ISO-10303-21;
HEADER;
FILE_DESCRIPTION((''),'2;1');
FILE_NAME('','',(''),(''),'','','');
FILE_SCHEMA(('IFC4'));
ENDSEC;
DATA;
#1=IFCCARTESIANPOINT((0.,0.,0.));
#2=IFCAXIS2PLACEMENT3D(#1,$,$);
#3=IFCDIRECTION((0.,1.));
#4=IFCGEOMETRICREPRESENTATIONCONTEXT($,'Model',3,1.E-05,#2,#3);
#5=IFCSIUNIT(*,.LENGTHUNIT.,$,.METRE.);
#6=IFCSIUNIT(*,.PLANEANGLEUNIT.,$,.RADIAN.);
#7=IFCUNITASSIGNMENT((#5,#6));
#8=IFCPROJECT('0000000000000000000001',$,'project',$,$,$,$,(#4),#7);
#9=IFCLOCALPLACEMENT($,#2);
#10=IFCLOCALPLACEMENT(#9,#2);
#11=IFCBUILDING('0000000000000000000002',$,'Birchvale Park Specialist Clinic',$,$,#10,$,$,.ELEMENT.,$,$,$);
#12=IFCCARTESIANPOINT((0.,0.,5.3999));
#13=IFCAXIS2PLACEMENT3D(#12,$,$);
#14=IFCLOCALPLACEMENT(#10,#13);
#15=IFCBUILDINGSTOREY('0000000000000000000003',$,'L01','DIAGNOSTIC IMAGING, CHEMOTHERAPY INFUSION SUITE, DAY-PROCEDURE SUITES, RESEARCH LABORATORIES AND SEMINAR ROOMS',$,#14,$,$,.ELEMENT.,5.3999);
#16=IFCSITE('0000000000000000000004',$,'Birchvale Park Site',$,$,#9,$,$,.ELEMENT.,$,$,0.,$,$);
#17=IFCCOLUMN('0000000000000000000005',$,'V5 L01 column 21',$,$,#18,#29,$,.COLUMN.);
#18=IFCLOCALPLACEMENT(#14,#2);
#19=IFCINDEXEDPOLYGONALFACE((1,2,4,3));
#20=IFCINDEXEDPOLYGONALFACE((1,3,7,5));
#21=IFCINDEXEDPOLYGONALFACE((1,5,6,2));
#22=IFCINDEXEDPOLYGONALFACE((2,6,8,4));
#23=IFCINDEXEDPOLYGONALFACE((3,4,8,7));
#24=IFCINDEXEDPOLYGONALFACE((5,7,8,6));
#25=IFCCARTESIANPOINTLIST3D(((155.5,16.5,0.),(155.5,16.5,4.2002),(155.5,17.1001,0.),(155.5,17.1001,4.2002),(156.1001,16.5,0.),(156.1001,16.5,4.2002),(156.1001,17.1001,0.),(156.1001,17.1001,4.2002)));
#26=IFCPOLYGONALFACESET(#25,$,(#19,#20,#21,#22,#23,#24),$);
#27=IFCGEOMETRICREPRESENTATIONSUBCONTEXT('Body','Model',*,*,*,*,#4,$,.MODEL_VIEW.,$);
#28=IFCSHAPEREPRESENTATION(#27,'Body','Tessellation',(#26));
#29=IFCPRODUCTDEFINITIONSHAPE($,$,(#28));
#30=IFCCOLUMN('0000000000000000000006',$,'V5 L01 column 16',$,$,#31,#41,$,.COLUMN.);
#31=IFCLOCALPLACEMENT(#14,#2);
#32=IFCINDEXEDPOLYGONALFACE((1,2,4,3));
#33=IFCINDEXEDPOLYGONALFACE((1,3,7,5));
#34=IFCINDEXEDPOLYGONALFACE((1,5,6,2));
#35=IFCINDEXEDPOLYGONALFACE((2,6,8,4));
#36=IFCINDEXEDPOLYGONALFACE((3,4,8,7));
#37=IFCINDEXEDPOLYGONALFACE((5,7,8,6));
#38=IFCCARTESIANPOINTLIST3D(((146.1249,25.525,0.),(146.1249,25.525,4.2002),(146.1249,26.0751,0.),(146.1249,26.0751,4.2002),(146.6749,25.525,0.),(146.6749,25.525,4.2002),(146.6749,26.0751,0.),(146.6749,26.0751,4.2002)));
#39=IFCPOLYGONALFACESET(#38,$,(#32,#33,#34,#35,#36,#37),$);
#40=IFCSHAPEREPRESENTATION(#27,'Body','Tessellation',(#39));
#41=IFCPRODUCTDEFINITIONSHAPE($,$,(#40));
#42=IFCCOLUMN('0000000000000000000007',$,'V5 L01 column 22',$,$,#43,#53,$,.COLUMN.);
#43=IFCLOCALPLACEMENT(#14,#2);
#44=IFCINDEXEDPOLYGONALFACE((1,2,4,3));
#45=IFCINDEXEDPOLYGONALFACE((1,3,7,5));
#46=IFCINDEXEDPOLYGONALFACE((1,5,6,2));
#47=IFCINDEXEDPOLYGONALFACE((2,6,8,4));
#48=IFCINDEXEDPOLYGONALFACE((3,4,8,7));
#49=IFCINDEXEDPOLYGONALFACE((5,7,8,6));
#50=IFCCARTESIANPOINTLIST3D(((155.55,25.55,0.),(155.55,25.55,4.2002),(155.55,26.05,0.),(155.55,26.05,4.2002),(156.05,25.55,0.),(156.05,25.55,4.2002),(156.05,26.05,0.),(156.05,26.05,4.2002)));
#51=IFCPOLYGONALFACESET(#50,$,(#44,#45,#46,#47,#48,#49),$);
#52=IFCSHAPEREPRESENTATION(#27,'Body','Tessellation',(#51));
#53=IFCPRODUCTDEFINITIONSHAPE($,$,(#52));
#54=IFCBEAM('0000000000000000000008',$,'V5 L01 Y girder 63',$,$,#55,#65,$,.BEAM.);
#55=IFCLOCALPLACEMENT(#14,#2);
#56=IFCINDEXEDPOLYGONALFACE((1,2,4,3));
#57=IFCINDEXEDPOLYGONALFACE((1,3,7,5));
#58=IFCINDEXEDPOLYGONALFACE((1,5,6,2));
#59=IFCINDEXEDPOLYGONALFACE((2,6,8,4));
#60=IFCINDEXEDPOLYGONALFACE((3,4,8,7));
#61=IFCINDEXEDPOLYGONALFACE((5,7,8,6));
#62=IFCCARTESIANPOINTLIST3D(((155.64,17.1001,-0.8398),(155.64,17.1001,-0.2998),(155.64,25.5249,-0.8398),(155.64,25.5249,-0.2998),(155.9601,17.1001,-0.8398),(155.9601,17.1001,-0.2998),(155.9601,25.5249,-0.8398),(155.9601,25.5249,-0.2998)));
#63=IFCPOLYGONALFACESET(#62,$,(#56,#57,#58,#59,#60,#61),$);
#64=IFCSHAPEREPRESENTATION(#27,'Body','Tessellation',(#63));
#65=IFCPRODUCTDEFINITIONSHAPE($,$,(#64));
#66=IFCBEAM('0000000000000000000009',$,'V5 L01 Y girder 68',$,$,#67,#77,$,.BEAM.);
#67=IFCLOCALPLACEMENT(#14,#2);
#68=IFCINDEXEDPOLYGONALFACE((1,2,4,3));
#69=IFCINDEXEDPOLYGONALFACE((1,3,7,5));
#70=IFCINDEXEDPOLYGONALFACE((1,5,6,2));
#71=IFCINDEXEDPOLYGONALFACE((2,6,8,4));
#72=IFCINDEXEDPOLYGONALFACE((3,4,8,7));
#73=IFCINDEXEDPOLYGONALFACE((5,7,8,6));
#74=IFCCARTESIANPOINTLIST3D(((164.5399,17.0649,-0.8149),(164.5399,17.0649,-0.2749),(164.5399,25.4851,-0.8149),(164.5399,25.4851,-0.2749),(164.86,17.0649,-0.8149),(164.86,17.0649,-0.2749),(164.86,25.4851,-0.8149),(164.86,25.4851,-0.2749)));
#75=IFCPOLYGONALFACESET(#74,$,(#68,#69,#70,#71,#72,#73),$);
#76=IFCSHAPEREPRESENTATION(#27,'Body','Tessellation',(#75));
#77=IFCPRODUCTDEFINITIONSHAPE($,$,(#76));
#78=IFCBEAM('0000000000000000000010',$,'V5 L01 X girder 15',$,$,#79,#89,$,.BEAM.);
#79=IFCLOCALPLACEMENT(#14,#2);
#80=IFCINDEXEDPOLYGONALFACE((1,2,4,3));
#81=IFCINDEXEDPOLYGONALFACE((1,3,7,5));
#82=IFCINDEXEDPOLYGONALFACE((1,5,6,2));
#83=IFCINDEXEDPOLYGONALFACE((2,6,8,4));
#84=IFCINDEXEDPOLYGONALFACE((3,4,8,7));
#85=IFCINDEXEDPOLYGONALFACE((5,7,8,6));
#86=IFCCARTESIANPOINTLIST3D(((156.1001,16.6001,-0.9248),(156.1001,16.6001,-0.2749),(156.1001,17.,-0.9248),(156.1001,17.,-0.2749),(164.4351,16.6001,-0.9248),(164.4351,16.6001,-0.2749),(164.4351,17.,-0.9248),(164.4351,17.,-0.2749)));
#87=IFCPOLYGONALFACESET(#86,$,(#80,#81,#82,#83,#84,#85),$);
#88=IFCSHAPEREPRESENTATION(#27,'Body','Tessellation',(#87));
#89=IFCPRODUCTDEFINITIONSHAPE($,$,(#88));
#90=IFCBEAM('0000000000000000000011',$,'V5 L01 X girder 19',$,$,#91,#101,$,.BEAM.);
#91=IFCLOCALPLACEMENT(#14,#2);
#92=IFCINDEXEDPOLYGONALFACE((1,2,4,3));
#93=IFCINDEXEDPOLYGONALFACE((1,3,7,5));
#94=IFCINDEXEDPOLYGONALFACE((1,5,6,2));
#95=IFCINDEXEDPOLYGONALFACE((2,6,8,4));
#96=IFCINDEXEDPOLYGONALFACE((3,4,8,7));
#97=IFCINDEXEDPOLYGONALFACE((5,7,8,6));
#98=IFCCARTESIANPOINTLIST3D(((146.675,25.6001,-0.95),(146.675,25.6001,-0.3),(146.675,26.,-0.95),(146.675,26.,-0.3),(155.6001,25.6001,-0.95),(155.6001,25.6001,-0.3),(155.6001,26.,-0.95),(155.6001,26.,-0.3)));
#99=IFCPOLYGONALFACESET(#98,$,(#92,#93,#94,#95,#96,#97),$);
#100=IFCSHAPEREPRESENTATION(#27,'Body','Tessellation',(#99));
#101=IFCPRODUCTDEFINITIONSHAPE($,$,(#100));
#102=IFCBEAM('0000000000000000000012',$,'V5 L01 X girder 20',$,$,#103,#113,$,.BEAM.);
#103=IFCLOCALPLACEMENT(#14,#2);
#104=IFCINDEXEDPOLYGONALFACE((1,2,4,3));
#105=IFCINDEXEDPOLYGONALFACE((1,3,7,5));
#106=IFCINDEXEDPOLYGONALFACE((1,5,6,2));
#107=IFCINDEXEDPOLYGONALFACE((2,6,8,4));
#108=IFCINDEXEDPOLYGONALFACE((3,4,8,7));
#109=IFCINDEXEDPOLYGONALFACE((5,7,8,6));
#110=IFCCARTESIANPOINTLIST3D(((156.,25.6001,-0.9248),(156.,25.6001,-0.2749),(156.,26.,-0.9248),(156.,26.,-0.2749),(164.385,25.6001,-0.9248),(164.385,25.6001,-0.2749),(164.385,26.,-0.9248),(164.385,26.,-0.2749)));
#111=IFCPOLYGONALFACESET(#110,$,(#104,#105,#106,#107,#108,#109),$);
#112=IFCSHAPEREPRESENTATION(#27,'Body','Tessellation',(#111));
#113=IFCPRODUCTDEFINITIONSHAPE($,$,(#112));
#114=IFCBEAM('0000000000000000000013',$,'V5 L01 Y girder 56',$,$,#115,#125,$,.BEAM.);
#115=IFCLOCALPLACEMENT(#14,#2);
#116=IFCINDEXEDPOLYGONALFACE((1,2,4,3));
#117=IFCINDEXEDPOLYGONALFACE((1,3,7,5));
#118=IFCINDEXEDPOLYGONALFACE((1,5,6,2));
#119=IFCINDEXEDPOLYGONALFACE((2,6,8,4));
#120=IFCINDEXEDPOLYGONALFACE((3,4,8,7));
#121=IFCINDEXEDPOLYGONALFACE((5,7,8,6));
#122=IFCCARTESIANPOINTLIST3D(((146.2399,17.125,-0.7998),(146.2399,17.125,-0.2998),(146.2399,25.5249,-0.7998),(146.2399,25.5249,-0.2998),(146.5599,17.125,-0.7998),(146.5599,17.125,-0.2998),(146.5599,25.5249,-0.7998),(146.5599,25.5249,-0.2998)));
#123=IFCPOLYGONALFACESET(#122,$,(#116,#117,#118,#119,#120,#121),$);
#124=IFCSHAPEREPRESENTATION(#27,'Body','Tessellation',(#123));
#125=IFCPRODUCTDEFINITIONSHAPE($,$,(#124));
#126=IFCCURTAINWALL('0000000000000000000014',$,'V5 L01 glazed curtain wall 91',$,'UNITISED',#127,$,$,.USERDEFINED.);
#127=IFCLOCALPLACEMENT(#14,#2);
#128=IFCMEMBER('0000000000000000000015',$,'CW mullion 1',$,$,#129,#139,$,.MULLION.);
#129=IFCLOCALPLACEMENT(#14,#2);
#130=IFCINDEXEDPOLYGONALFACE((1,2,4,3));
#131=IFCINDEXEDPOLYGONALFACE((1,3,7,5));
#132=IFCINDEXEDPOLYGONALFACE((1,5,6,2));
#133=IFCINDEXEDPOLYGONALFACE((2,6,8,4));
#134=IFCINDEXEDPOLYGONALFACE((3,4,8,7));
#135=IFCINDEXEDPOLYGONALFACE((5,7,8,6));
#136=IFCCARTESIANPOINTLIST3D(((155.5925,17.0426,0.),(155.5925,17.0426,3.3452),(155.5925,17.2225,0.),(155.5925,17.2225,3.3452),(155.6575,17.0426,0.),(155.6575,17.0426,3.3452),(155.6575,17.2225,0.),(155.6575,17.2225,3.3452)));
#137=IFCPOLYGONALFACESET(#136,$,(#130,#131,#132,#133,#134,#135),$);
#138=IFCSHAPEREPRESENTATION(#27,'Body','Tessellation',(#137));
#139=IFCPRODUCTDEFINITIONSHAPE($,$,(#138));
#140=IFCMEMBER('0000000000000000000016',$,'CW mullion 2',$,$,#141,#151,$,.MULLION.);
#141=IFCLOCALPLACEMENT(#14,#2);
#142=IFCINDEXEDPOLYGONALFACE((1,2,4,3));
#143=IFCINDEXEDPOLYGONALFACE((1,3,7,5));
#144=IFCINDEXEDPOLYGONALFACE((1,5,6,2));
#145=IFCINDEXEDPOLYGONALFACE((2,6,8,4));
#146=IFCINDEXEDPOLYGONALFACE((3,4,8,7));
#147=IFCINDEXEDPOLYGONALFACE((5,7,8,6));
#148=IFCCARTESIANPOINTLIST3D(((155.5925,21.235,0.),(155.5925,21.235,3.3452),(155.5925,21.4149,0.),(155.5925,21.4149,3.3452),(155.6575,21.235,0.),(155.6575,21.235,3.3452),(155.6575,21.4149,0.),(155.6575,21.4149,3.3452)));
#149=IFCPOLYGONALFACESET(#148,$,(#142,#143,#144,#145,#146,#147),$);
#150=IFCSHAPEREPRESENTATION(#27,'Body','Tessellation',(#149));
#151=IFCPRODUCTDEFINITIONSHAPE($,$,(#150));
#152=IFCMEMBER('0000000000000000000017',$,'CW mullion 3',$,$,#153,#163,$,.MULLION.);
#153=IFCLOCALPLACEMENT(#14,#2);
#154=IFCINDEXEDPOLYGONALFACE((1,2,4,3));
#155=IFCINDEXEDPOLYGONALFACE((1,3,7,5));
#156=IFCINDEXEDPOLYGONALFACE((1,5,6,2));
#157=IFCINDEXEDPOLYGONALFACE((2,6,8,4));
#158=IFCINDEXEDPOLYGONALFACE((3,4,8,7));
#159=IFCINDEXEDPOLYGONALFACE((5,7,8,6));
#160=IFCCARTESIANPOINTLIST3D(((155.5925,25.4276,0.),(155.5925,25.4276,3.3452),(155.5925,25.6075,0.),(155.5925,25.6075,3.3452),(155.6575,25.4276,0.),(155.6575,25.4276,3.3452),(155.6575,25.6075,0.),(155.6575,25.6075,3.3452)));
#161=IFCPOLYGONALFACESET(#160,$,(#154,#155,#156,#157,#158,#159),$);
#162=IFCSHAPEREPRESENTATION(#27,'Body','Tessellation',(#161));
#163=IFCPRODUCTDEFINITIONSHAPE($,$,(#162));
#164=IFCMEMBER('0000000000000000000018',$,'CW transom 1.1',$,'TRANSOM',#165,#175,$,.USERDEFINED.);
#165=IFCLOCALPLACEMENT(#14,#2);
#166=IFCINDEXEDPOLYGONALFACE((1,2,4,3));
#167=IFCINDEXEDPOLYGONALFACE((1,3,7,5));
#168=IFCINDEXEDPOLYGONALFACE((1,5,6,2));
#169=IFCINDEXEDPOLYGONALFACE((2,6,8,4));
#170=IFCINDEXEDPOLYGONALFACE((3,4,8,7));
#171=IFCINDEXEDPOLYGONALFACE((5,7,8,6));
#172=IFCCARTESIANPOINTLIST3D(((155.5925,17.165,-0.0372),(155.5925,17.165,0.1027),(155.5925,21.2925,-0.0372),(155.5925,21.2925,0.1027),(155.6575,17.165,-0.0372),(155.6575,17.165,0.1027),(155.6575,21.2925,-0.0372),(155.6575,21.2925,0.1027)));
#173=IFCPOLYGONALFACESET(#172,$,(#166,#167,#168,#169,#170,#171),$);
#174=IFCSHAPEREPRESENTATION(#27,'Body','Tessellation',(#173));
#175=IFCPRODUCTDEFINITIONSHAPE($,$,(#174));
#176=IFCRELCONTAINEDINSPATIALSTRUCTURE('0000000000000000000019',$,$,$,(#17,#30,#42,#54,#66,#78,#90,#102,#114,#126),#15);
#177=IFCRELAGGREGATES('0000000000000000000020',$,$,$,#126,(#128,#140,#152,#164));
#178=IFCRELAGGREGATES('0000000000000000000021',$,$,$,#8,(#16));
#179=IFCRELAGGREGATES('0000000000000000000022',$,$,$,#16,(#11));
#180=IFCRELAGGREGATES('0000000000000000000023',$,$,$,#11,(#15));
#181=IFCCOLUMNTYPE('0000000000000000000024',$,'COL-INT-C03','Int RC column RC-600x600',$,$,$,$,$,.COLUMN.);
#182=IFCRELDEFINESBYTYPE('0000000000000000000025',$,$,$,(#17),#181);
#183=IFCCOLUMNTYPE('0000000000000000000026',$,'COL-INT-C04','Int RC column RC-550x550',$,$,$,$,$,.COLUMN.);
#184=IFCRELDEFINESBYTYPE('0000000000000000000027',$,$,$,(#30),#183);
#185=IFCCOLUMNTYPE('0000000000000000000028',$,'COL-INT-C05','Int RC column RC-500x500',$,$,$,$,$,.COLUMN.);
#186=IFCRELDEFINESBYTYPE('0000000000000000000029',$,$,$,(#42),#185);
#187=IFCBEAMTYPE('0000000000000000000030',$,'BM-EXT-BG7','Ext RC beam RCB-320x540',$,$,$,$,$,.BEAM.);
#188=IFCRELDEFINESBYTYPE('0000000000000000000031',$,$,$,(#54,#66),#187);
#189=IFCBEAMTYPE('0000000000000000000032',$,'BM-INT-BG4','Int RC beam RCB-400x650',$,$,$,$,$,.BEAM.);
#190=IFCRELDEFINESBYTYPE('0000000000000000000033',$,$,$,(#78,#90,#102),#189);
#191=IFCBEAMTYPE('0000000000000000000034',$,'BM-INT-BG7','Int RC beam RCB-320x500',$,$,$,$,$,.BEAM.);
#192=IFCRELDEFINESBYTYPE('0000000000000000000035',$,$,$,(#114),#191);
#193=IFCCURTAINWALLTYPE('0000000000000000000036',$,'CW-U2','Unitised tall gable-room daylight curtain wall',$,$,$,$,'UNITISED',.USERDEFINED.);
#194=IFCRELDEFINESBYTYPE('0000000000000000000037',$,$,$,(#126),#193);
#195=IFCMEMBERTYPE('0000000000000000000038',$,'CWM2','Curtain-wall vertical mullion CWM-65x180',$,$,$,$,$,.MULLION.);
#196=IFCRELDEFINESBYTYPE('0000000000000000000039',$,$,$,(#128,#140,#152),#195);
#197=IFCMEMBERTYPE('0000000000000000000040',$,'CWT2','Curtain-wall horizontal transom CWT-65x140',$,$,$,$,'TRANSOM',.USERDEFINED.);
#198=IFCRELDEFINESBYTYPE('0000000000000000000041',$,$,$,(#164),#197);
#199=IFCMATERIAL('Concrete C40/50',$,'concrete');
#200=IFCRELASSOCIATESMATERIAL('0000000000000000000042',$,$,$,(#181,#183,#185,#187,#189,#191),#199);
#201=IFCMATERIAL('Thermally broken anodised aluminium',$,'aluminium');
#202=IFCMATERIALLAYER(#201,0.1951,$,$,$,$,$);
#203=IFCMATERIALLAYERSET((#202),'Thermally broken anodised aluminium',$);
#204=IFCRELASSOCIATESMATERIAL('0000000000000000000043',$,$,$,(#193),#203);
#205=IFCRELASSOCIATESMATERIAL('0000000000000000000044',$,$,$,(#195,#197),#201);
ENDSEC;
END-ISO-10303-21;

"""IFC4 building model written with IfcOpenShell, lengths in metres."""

from ifc_helpers import new_model, si_unit, direction, frame, origin, origin_2d, place, context, subcontext, project, spatial, rectangle, extrude, material, layer, layer_set, material_profile, profile_set, type_object, element, aggregate, save


model = new_model("IFC4")

# Units and contexts
model_context = context("Model", 3, precision=1e-05, world=origin(), true_north=direction((0.0, 1.0)))
body_context = subcontext(model_context, "Body", "Model", "MODEL_VIEW")
ifc_project = project(units=[si_unit("LENGTHUNIT", "METRE"), si_unit("PLANEANGLEUNIT", "RADIAN")], contexts=[model_context])

# Site, building, storey
site_placement = place(None, origin())
site = spatial("IfcSite", under=ifc_project, at=site_placement, Name="Birchvale Park Site", CompositionType="ELEMENT", RefElevation=0.0)
building_placement = place(site_placement, origin())
building = spatial("IfcBuilding", under=site, at=building_placement, Name="Birchvale Park Specialist Clinic", CompositionType="ELEMENT")
storey_placement = place(building_placement, frame((0.0, 0.0, 5.3999)))
storey = spatial("IfcBuildingStorey", under=building, at=storey_placement, Name="L01", Description="DIAGNOSTIC IMAGING, CHEMOTHERAPY INFUSION SUITE, DAY-PROCEDURE SUITES, RESEARCH LABORATORIES AND SEMINAR ROOMS", CompositionType="ELEMENT", Elevation=5.3999)

# Columns
ifc_material_1 = material(Name="Concrete C40/50", Category="concrete")
ifc_material_profile_1 = material_profile(ifc_material_1, rectangle(XDim=0.6001, YDim=0.6001, at=origin_2d()), Name="RC-600x600")
ifc_profile_set_1 = profile_set([ifc_material_profile_1], Name="Concrete C40/50")
column_type_1 = type_object("IfcColumnType", Name="COL-INT-C03", Description="Int RC column RC-600x600", PredefinedType="COLUMN", material=ifc_profile_set_1)
column_1_placement = place(storey_placement, frame((155.8, 16.8, 0.0), z_axis=(0.0, 0.0, 1.0), x_axis=(1.0, 0.0, 0.0)))
element("IfcColumn", 1, at=column_1_placement, inside=storey, type_object=column_type_1, Name="V5 L01 column 21", PredefinedType="COLUMN", context=body_context, shape_type="SweptSolid", body=[
    extrude(rectangle(XDim=0.6001, YDim=0.6001, at=origin_2d()), origin(), (0.0, 0.0, 1.0), 4.2002),
])
ifc_material_profile_2 = material_profile(ifc_material_1, rectangle(XDim=0.55, YDim=0.55, at=origin_2d()), Name="RC-550x550")
ifc_profile_set_2 = profile_set([ifc_material_profile_2], Name="Concrete C40/50")
column_type_2 = type_object("IfcColumnType", Name="COL-INT-C04", Description="Int RC column RC-550x550", PredefinedType="COLUMN", material=ifc_profile_set_2)
column_2_placement = place(storey_placement, frame((146.3999, 25.8, 0.0), z_axis=(0.0, 0.0, 1.0), x_axis=(1.0, 0.0, 0.0)))
element("IfcColumn", 2, at=column_2_placement, inside=storey, type_object=column_type_2, Name="V5 L01 column 16", PredefinedType="COLUMN", context=body_context, shape_type="SweptSolid", body=[
    extrude(rectangle(XDim=0.55, YDim=0.55, at=origin_2d()), origin(), (0.0, 0.0, 1.0), 4.2002),
])
ifc_material_profile_3 = material_profile(ifc_material_1, rectangle(XDim=0.5, YDim=0.5, at=origin_2d()), Name="RC-500x500")
ifc_profile_set_3 = profile_set([ifc_material_profile_3], Name="Concrete C40/50")
column_type_3 = type_object("IfcColumnType", Name="COL-INT-C05", Description="Int RC column RC-500x500", PredefinedType="COLUMN", material=ifc_profile_set_3)
column_3_placement = place(storey_placement, frame((155.8, 25.8, 0.0), z_axis=(0.0, 0.0, 1.0), x_axis=(1.0, 0.0, 0.0)))
element("IfcColumn", 3, at=column_3_placement, inside=storey, type_object=column_type_3, Name="V5 L01 column 22", PredefinedType="COLUMN", context=body_context, shape_type="SweptSolid", body=[
    extrude(rectangle(XDim=0.5, YDim=0.5, at=origin_2d()), origin(), (0.0, 0.0, 1.0), 4.2002),
])

# Beams
ifc_material_profile_4 = material_profile(ifc_material_1, rectangle(XDim=0.3201, YDim=0.54, at=origin_2d()), Name="RCB-320x540")
ifc_profile_set_4 = profile_set([ifc_material_profile_4], Name="Concrete C40/50")
beam_type_1 = type_object("IfcBeamType", Name="BM-EXT-BG7", Description="Ext RC beam RCB-320x540", PredefinedType="BEAM", material=ifc_profile_set_4)
beam_1_placement = place(storey_placement, frame((155.8, 17.1001, -0.5698), z_axis=(0.0, 1.0, 0.0), x_axis=(-1.0, 0.0, 0.0)))
element("IfcBeam", 4, at=beam_1_placement, inside=storey, type_object=beam_type_1, Name="V5 L01 Y girder 63", PredefinedType="BEAM", context=body_context, shape_type="SweptSolid", body=[
    extrude(rectangle(XDim=0.3201, YDim=0.54, at=origin_2d()), origin(), (0.0, 0.0, 1.0), 8.4248),
])
beam_2_placement = place(storey_placement, frame((164.7, 17.0649, -0.5449), z_axis=(0.0, 1.0, 0.0), x_axis=(-1.0, 0.0, 0.0)))
element("IfcBeam", 5, at=beam_2_placement, inside=storey, type_object=beam_type_1, Name="V5 L01 Y girder 68", PredefinedType="BEAM", context=body_context, shape_type="SweptSolid", body=[
    extrude(rectangle(XDim=0.3201, YDim=0.54, at=origin_2d()), origin(), (0.0, 0.0, 1.0), 8.4202),
])
ifc_material_profile_5 = material_profile(ifc_material_1, rectangle(XDim=0.3999, YDim=0.6499, at=origin_2d()), Name="RCB-400x650")
ifc_profile_set_5 = profile_set([ifc_material_profile_5], Name="Concrete C40/50")
beam_type_2 = type_object("IfcBeamType", Name="BM-INT-BG4", Description="Int RC beam RCB-400x650", PredefinedType="BEAM", material=ifc_profile_set_5)
beam_3_placement = place(storey_placement, frame((156.1001, 16.8, -0.5999), z_axis=(1.0, 0.0, 0.0), x_axis=(0.0, 1.0, 0.0)))
element("IfcBeam", 6, at=beam_3_placement, inside=storey, type_object=beam_type_2, Name="V5 L01 X girder 15", PredefinedType="BEAM", context=body_context, shape_type="SweptSolid", body=[
    extrude(rectangle(XDim=0.3999, YDim=0.6499, at=origin_2d()), origin(), (0.0, 0.0, 1.0), 8.335),
])
beam_4_placement = place(storey_placement, frame((146.675, 25.8, -0.625), z_axis=(1.0, 0.0, 0.0), x_axis=(0.0, 1.0, 0.0)))
element("IfcBeam", 7, at=beam_4_placement, inside=storey, type_object=beam_type_2, Name="V5 L01 X girder 19", PredefinedType="BEAM", context=body_context, shape_type="SweptSolid", body=[
    extrude(rectangle(XDim=0.3999, YDim=0.6499, at=origin_2d()), origin(), (0.0, 0.0, 1.0), 8.925),
])
beam_5_placement = place(storey_placement, frame((156.0, 25.8, -0.5999), z_axis=(1.0, 0.0, 0.0), x_axis=(0.0, 1.0, 0.0)))
element("IfcBeam", 8, at=beam_5_placement, inside=storey, type_object=beam_type_2, Name="V5 L01 X girder 20", PredefinedType="BEAM", context=body_context, shape_type="SweptSolid", body=[
    extrude(rectangle(XDim=0.3999, YDim=0.6499, at=origin_2d()), origin(), (0.0, 0.0, 1.0), 8.385),
])
ifc_material_profile_6 = material_profile(ifc_material_1, rectangle(XDim=0.3201, YDim=0.5, at=origin_2d()), Name="RCB-320x500")
ifc_profile_set_6 = profile_set([ifc_material_profile_6], Name="Concrete C40/50")
beam_type_3 = type_object("IfcBeamType", Name="BM-INT-BG7", Description="Int RC beam RCB-320x500", PredefinedType="BEAM", material=ifc_profile_set_6)
beam_6_placement = place(storey_placement, frame((146.3999, 17.125, -0.5498), z_axis=(0.0, 1.0, 0.0), x_axis=(-1.0, 0.0, 0.0)))
element("IfcBeam", 9, at=beam_6_placement, inside=storey, type_object=beam_type_3, Name="V5 L01 Y girder 56", PredefinedType="BEAM", context=body_context, shape_type="SweptSolid", body=[
    extrude(rectangle(XDim=0.3201, YDim=0.5, at=origin_2d()), origin(), (0.0, 0.0, 1.0), 8.3999),
])

# Curtain wall, members
ifc_material_2 = material(Name="Thermally broken anodised aluminium", Category="aluminium")
ifc_layer_1 = layer(ifc_material_2, 0.1951)
ifc_layer_set_1 = layer_set([ifc_layer_1], Name="Thermally broken anodised aluminium")
curtain_wall_type = type_object("IfcCurtainWallType", Name="CW-U2", Description="Unitised tall gable-room daylight curtain wall", ElementType="UNITISED", PredefinedType="USERDEFINED", material=ifc_layer_set_1)
curtain_wall_placement = place(storey_placement, origin())
curtain_wall = element("IfcCurtainWall", 10, at=curtain_wall_placement, inside=storey, type_object=curtain_wall_type, Name="V5 L01 glazed curtain wall 91", ObjectType="UNITISED", PredefinedType="USERDEFINED")
ifc_material_profile_7 = material_profile(ifc_material_2, rectangle(XDim=0.0649, YDim=0.1799, at=origin_2d()), Name="CWM-65x180")
ifc_profile_set_7 = profile_set([ifc_material_profile_7], Name="Thermally broken anodised aluminium")
member_type_1 = type_object("IfcMemberType", Name="CWM2", Description="Curtain-wall vertical mullion CWM-65x180", PredefinedType="MULLION", material=ifc_profile_set_7)
member_1_placement = place(storey_placement, frame((155.625, 17.1326, 0.0), z_axis=(0.0, 0.0, 1.0), x_axis=(-1.0, 0.0, 0.0)))
member_1 = element("IfcMember", 11, at=member_1_placement, type_object=member_type_1, Name="CW mullion 1", PredefinedType="MULLION", context=body_context, shape_type="SweptSolid", body=[
    extrude(rectangle(XDim=0.0649, YDim=0.1799, at=origin_2d()), origin(), (0.0, 0.0, 1.0), 3.3452),
])
member_2_placement = place(storey_placement, frame((155.625, 21.325, 0.0), z_axis=(0.0, 0.0, 1.0), x_axis=(-1.0, 0.0, 0.0)))
member_2 = element("IfcMember", 12, at=member_2_placement, type_object=member_type_1, Name="CW mullion 2", PredefinedType="MULLION", context=body_context, shape_type="SweptSolid", body=[
    extrude(rectangle(XDim=0.0649, YDim=0.1799, at=origin_2d()), origin(), (0.0, 0.0, 1.0), 3.3452),
])
member_3_placement = place(storey_placement, frame((155.625, 25.5176, 0.0), z_axis=(0.0, 0.0, 1.0), x_axis=(-1.0, 0.0, 0.0)))
member_3 = element("IfcMember", 13, at=member_3_placement, type_object=member_type_1, Name="CW mullion 3", PredefinedType="MULLION", context=body_context, shape_type="SweptSolid", body=[
    extrude(rectangle(XDim=0.0649, YDim=0.1799, at=origin_2d()), origin(), (0.0, 0.0, 1.0), 3.3452),
])
ifc_material_profile_8 = material_profile(ifc_material_2, rectangle(XDim=0.0649, YDim=0.1399, at=origin_2d()), Name="CWT-65x140")
ifc_profile_set_8 = profile_set([ifc_material_profile_8], Name="Thermally broken anodised aluminium")
member_type_2 = type_object("IfcMemberType", Name="CWT2", Description="Curtain-wall horizontal transom CWT-65x140", ElementType="TRANSOM", PredefinedType="USERDEFINED", material=ifc_profile_set_8)
member_4_placement = place(storey_placement, frame((155.625, 17.165, 0.0327), z_axis=(0.0, 1.0, 0.0), x_axis=(-1.0, 0.0, 0.0)))
member_4 = element("IfcMember", 14, at=member_4_placement, type_object=member_type_2, Name="CW transom 1.1", ObjectType="TRANSOM", PredefinedType="USERDEFINED", context=body_context, shape_type="SweptSolid", body=[
    extrude(rectangle(XDim=0.0649, YDim=0.1399, at=origin_2d()), origin(), (0.0, 0.0, 1.0), 4.1274),
])

aggregate(curtain_wall, [member_1, member_2, member_3, member_4])

save(model, "model.ifc")
